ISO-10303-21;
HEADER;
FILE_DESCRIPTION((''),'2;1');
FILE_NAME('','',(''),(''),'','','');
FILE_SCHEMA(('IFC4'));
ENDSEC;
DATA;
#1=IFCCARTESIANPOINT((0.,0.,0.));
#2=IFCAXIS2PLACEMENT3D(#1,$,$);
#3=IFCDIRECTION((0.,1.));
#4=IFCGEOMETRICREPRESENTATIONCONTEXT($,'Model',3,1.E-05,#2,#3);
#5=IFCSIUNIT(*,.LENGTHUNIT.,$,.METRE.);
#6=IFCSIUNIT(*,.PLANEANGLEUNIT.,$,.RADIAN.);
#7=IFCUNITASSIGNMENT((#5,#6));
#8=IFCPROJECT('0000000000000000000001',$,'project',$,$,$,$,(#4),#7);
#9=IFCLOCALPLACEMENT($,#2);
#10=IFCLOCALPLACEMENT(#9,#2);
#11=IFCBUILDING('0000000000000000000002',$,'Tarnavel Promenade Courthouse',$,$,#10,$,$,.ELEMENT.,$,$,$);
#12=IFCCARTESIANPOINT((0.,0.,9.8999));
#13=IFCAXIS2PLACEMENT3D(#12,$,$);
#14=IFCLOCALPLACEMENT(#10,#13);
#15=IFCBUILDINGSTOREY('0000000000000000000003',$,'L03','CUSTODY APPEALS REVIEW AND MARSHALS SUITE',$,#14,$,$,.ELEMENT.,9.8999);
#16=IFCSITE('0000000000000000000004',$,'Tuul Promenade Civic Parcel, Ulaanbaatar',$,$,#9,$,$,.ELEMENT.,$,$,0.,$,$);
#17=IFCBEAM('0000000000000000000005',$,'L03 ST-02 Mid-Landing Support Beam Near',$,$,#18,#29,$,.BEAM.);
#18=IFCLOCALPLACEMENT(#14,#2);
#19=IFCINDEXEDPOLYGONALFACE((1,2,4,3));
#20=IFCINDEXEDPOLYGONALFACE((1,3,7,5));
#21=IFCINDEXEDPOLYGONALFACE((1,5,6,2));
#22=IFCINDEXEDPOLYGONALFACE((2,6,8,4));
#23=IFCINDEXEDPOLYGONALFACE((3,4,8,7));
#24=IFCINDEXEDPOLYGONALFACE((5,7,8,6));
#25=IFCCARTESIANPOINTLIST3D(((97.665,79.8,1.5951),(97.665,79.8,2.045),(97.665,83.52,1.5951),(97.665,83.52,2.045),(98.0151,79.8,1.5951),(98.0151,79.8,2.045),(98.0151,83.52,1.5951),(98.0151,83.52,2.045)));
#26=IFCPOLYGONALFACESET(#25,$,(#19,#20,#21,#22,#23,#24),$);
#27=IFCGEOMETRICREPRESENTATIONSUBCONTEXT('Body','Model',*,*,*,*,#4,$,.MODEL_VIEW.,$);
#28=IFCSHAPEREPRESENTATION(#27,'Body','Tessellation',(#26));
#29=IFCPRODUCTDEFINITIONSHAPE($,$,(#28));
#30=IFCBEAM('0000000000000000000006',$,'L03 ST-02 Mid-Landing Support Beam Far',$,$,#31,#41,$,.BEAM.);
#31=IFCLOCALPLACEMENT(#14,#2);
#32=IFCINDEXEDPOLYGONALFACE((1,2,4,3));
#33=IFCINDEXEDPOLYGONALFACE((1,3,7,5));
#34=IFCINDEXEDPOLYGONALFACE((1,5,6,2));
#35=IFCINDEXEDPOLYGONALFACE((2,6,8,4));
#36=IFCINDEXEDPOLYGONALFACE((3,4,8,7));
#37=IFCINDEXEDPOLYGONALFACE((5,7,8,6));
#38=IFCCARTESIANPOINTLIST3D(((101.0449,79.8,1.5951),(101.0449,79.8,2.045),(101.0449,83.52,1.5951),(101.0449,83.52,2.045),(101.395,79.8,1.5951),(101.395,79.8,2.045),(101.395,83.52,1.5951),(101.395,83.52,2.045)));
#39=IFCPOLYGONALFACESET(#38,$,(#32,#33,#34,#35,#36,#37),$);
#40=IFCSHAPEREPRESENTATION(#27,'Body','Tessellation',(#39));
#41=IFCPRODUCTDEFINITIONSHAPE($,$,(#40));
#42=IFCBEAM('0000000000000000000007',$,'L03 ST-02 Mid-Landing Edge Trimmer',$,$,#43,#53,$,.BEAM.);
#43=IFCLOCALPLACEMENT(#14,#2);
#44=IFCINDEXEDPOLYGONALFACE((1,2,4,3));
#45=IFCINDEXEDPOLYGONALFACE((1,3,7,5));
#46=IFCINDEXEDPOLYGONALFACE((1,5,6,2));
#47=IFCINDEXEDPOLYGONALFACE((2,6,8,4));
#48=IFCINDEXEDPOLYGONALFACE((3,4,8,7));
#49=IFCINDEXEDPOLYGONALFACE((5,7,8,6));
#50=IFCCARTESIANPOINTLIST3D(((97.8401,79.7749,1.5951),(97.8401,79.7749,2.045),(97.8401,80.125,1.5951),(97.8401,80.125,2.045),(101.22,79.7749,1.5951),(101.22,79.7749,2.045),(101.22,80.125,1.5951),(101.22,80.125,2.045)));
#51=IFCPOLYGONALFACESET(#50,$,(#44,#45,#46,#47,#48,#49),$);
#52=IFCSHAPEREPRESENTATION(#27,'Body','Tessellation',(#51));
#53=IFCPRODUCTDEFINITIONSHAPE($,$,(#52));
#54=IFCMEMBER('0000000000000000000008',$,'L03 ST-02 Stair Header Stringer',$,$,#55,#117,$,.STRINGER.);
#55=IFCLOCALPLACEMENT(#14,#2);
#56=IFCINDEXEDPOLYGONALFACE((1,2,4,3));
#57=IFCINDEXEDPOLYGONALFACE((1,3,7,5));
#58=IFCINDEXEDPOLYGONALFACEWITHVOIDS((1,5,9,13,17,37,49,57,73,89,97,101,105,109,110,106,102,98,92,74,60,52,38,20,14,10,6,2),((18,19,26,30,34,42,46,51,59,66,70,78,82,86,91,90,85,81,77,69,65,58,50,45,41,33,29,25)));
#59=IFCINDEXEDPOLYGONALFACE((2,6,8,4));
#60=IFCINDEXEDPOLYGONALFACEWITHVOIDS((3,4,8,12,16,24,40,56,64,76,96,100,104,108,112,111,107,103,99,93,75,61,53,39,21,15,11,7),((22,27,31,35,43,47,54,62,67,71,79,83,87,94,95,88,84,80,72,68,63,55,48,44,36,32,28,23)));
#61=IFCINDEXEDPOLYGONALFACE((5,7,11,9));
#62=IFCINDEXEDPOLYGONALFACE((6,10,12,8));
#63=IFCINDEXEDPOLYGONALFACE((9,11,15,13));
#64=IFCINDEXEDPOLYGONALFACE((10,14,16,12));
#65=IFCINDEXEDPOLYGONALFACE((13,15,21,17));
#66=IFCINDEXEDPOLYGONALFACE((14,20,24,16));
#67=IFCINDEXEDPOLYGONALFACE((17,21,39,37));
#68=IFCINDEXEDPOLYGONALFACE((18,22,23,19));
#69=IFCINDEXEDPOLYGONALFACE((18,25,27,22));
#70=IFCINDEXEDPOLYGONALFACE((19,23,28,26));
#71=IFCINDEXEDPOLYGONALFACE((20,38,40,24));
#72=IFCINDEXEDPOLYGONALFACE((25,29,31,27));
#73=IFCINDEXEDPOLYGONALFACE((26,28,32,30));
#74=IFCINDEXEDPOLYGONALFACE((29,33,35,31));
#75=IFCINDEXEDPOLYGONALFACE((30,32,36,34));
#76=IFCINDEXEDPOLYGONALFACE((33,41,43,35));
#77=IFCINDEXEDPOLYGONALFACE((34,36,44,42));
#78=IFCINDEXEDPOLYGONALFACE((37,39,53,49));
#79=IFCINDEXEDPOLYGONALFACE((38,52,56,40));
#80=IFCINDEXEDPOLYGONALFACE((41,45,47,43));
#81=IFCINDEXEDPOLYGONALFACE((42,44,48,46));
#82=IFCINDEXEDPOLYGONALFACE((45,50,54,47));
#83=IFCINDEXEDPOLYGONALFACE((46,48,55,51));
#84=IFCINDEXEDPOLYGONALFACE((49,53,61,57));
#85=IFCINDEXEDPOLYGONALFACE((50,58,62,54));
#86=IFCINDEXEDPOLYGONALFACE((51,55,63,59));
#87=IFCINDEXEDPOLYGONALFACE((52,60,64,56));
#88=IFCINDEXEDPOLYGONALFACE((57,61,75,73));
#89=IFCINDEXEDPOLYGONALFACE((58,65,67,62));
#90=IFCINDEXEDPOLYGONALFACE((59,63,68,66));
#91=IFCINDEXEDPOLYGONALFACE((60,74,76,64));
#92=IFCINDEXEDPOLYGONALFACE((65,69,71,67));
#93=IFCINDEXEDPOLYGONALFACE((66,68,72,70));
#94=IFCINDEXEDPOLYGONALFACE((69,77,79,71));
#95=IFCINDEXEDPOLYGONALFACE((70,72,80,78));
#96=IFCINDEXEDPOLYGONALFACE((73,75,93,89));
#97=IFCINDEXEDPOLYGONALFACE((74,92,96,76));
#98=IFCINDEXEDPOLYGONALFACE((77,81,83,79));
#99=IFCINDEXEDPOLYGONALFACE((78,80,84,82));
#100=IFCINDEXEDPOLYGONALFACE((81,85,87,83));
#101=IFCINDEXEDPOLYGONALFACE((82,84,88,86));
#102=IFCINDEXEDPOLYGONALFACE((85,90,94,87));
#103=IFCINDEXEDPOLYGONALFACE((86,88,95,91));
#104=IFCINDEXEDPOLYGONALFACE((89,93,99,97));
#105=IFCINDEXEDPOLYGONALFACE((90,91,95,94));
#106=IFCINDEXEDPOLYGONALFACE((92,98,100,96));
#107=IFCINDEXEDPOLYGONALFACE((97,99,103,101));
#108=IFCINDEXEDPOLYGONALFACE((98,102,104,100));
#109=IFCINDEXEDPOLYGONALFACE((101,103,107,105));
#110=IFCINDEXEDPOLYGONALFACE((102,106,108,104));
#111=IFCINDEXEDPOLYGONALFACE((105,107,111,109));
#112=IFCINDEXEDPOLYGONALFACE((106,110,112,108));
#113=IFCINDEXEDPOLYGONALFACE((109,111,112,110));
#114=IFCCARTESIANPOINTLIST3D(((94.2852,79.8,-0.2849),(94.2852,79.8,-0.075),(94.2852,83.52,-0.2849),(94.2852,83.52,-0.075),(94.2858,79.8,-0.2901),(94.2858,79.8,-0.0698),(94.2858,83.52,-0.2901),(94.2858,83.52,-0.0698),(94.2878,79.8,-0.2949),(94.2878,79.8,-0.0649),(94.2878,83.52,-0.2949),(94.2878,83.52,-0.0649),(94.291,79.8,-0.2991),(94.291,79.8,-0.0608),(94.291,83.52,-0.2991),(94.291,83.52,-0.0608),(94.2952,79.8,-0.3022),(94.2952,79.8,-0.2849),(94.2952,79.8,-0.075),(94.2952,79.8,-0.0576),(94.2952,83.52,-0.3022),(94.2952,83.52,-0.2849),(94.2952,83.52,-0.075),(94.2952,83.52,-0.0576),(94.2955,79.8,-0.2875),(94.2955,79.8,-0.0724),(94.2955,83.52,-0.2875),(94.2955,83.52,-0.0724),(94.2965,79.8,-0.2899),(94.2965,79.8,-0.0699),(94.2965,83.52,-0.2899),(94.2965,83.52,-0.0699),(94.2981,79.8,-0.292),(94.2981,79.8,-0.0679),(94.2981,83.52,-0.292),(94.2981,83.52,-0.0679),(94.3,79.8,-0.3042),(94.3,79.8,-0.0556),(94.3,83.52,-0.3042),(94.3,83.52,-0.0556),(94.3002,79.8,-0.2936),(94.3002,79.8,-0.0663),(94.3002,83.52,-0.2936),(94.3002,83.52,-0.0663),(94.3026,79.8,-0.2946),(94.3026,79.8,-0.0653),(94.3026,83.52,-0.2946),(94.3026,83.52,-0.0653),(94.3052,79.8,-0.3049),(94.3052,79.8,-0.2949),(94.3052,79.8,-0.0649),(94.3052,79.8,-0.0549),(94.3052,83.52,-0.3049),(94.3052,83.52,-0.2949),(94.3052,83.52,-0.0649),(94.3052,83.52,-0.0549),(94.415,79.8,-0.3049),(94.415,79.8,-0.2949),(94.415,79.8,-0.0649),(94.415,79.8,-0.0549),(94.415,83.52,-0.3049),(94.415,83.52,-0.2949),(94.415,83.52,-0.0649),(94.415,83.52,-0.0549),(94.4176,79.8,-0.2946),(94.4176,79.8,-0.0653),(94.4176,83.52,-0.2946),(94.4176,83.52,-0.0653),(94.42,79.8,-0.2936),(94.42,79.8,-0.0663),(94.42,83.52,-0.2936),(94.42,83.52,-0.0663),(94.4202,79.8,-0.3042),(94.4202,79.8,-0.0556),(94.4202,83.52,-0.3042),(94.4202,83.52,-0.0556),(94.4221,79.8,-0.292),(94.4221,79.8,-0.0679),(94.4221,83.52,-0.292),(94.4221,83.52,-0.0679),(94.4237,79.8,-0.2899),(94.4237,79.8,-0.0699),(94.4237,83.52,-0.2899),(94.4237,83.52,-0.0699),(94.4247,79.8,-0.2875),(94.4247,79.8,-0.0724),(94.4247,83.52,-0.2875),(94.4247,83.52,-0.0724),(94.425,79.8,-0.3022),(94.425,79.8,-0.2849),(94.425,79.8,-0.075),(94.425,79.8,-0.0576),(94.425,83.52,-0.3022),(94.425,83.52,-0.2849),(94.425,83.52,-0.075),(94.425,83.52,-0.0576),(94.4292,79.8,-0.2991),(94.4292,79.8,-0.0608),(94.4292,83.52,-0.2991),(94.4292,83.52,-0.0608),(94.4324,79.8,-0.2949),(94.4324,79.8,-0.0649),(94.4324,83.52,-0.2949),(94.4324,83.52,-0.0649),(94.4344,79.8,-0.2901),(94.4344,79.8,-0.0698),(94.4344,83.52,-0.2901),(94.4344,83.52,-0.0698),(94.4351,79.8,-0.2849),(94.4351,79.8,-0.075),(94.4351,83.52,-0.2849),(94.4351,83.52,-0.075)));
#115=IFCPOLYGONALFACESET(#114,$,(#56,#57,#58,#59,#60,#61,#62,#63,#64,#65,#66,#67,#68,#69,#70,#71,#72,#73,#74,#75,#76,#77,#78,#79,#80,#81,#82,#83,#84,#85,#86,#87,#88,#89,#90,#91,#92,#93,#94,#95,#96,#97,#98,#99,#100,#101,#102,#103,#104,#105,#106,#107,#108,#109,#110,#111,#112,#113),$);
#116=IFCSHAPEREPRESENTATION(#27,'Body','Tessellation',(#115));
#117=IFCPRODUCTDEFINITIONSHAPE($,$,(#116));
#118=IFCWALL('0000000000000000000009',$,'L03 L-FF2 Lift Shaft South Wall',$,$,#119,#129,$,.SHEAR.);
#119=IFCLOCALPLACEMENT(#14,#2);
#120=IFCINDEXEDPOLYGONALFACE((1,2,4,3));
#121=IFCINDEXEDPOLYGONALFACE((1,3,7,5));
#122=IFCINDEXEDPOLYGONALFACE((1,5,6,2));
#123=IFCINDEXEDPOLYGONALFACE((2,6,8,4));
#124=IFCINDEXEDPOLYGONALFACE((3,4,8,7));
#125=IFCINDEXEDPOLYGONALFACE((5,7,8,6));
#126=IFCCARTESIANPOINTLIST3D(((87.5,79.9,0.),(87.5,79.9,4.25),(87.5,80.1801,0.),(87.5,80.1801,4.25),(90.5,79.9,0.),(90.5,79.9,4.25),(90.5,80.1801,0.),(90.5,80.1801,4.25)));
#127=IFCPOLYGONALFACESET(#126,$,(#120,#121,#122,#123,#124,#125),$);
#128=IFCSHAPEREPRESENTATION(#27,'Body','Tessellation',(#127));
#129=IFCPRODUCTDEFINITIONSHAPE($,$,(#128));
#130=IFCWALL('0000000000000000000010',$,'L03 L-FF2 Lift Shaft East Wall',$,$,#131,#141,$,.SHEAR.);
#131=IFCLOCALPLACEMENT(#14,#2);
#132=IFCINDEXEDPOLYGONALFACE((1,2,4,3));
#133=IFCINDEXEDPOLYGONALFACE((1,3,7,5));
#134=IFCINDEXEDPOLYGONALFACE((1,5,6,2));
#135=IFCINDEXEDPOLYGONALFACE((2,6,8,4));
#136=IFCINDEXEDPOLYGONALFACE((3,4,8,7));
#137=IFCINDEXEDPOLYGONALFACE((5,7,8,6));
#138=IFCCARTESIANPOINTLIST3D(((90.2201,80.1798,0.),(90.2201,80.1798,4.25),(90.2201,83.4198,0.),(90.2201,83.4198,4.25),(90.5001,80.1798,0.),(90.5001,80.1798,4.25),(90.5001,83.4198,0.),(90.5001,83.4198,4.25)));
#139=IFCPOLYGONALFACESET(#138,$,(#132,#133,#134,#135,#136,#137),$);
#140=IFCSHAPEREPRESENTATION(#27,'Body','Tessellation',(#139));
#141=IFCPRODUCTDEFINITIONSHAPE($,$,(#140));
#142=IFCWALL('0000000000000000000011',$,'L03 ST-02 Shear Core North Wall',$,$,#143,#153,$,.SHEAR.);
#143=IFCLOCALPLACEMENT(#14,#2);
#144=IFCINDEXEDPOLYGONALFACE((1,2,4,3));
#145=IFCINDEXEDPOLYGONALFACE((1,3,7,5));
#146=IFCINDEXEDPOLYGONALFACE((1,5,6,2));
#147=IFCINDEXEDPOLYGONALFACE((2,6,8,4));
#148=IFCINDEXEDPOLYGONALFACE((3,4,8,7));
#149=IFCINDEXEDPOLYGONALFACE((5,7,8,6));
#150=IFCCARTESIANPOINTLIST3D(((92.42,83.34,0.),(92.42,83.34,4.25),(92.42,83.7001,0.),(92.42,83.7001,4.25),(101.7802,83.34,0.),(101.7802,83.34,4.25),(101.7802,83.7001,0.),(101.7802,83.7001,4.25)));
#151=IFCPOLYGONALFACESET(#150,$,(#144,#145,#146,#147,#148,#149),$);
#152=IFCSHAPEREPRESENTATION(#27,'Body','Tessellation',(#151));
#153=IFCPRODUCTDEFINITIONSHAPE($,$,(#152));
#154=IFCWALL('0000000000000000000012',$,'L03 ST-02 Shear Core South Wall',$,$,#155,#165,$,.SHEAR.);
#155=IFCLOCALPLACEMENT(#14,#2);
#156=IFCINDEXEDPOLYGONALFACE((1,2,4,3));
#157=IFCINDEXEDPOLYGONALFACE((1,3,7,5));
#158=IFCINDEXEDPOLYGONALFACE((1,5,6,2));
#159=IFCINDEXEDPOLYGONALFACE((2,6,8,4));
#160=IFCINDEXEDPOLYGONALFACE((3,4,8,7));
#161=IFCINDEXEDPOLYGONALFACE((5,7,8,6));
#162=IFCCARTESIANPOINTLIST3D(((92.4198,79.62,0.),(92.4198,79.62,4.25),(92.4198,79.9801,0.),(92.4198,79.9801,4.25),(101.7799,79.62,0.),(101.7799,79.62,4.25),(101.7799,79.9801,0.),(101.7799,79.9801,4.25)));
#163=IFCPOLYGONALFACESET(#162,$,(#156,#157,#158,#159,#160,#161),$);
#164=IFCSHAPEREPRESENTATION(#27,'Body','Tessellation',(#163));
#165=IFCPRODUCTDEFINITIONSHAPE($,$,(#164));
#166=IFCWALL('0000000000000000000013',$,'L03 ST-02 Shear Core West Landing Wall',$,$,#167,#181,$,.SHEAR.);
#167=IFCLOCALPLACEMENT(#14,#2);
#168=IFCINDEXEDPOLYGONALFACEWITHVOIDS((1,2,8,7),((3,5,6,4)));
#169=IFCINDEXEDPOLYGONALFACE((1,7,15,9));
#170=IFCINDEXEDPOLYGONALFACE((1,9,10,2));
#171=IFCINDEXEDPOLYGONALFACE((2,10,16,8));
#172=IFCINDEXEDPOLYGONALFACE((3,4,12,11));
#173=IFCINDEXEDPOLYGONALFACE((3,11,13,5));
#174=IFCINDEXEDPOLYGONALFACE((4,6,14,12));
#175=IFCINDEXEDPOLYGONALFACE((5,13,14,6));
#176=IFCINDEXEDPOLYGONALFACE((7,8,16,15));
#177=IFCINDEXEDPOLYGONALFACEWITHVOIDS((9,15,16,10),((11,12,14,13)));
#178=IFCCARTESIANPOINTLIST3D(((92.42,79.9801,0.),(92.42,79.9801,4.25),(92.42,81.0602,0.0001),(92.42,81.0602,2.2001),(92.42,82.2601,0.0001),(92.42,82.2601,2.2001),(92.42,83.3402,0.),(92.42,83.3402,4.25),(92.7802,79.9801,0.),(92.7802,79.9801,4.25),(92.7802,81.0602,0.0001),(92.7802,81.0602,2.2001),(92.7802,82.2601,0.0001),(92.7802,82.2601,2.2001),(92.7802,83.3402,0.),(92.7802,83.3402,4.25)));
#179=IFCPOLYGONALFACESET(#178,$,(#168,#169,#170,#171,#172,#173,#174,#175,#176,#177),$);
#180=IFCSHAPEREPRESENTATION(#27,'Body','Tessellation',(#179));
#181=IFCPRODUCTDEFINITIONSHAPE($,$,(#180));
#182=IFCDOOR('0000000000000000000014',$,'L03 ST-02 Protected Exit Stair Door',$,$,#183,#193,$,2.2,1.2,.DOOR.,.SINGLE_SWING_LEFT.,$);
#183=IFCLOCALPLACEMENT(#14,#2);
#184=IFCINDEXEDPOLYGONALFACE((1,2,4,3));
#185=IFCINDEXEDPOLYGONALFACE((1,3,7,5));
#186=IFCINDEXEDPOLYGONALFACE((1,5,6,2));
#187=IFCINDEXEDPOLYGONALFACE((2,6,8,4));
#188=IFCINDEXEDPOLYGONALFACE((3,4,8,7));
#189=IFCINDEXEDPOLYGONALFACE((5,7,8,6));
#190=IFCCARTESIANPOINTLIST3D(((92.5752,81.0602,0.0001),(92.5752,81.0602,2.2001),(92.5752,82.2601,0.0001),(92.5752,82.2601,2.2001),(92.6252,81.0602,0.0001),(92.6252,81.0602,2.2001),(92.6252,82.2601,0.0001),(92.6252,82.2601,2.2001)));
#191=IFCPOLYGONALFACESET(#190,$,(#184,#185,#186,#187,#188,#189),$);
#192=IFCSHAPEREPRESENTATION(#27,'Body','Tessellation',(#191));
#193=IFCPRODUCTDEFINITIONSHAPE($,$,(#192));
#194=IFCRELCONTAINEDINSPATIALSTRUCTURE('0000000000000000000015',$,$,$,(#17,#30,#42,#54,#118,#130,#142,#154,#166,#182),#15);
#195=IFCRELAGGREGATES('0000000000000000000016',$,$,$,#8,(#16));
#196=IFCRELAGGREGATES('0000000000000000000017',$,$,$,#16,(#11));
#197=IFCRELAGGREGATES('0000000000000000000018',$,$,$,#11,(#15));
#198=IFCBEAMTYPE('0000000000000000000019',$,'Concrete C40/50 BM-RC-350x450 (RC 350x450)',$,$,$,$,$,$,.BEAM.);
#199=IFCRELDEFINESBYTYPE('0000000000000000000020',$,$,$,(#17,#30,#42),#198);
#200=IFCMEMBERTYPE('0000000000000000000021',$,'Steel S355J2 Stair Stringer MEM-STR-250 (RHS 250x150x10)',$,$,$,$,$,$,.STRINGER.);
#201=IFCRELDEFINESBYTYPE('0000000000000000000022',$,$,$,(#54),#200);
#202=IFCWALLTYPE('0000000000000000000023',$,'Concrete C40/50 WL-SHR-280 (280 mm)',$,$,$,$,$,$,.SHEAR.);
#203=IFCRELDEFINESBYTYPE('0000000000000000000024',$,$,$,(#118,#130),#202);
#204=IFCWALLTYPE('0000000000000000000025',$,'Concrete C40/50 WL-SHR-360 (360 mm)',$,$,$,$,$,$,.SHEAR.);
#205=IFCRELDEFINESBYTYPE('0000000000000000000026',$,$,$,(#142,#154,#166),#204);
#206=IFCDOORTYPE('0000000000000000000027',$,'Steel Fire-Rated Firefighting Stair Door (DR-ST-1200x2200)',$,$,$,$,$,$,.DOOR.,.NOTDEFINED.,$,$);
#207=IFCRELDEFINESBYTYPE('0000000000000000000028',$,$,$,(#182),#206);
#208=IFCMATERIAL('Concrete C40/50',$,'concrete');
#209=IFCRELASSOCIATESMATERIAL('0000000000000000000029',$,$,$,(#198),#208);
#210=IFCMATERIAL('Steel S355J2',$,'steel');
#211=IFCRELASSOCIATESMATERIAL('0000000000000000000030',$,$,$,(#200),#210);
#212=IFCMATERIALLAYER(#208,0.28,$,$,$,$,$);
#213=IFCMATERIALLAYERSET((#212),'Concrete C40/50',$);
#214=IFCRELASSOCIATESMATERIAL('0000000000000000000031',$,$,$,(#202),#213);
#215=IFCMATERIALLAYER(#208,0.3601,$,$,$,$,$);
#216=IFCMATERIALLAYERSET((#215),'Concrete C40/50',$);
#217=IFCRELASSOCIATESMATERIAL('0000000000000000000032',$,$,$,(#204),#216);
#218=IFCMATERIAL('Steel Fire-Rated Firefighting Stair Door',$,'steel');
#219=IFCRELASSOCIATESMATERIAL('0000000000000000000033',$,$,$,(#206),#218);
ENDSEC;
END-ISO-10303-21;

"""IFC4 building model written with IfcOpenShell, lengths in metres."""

from ifc_helpers import new_model, si_unit, direction, frame, frame_2d, origin, origin_2d, place, context, subcontext, project, spatial, rectangle, hollow_rectangle, extrude, material, layer, layer_set, material_profile, profile_set, type_object, element, fill, save


model = new_model("IFC4")

# Units and contexts
model_context = context("Model", 3, precision=1e-05, world=origin(), true_north=direction((0.0, 1.0)))
body_context = subcontext(model_context, "Body", "Model", "MODEL_VIEW")
ifc_project = project(units=[si_unit("LENGTHUNIT", "METRE"), si_unit("PLANEANGLEUNIT", "RADIAN")], contexts=[model_context])

# Site, building, storey
site_placement = place(None, origin())
site = spatial("IfcSite", under=ifc_project, at=site_placement, Name="Tuul Promenade Civic Parcel, Ulaanbaatar", CompositionType="ELEMENT", RefElevation=0.0)
building_placement = place(site_placement, origin())
building = spatial("IfcBuilding", under=site, at=building_placement, Name="Tarnavel Promenade Courthouse", CompositionType="ELEMENT")
storey_placement = place(building_placement, frame((0.0, 0.0, 9.8999)))
storey = spatial("IfcBuildingStorey", under=building, at=storey_placement, Name="L03", Description="CUSTODY APPEALS REVIEW AND MARSHALS SUITE", CompositionType="ELEMENT", Elevation=9.8999)

# Beams
ifc_material_1 = material(Name="Concrete C40/50", Category="concrete")
ifc_material_profile_1 = material_profile(ifc_material_1, rectangle(XDim=0.3501, YDim=0.45, at=origin_2d()), Name="RC 350x450")
ifc_profile_set_1 = profile_set([ifc_material_profile_1], Name="Concrete C40/50")
beam_type = type_object("IfcBeamType", Name="Concrete C40/50 BM-RC-350x450 (RC 350x450)", PredefinedType="BEAM", material=ifc_profile_set_1)
for number, where, z_axis, x_axis, name in (
    (1, (97.8401, 79.8, 1.8201), (0.0, 1.0, 0.0), (-1.0, 0.0, 0.0), "L03 ST-02 Mid-Landing Support Beam Near"),
    (2, (101.22, 79.8, 1.8201), (0.0, 1.0, 0.0), (-1.0, 0.0, 0.0), "L03 ST-02 Mid-Landing Support Beam Far"),
):
    element("IfcBeam", number, at=place(storey_placement, frame(where, z_axis=z_axis, x_axis=x_axis)), inside=storey, type_object=beam_type, Name=name, PredefinedType="BEAM", context=body_context, shape_type="SweptSolid", body=[
        extrude(rectangle(XDim=0.3501, YDim=0.45, at=origin_2d()), origin(), (0.0, 0.0, 1.0), 3.72),
    ])
beam_placement = place(storey_placement, frame((97.8401, 79.95, 1.8201), z_axis=(1.0, 0.0, 0.0), x_axis=(0.0, 1.0, 0.0)))
element("IfcBeam", 3, at=beam_placement, inside=storey, type_object=beam_type, Name="L03 ST-02 Mid-Landing Edge Trimmer", PredefinedType="BEAM", context=body_context, shape_type="SweptSolid", body=[
    extrude(rectangle(XDim=0.3501, YDim=0.45, at=origin_2d()), origin(), (0.0, 0.0, 1.0), 3.3799),
])

# Member
ifc_material_2 = material(Name="Steel S355J2", Category="steel")
ifc_material_profile_2 = material_profile(ifc_material_2, hollow_rectangle(XDim=0.1499, YDim=0.25, WallThickness=0.01, InnerFilletRadius=0.01, OuterFilletRadius=0.02, at=origin_2d()), Name="RHS 250x150x10")
ifc_profile_set_2 = profile_set([ifc_material_profile_2], Name="Steel S355J2")
member_type = type_object("IfcMemberType", Name="Steel S355J2 Stair Stringer MEM-STR-250 (RHS 250x150x10)", PredefinedType="STRINGER", material=ifc_profile_set_2)
member_placement = place(storey_placement, frame((94.3601, 79.8, -0.1799), z_axis=(0.0, 1.0, 0.0), x_axis=(-1.0, 0.0, 0.0)))
element("IfcMember", 4, at=member_placement, inside=storey, type_object=member_type, Name="L03 ST-02 Stair Header Stringer", PredefinedType="STRINGER", context=body_context, shape_type="SweptSolid", body=[
    extrude(hollow_rectangle(XDim=0.1499, YDim=0.25, WallThickness=0.01, InnerFilletRadius=0.01, OuterFilletRadius=0.02, at=origin_2d()), origin(), (0.0, 0.0, 1.0), 3.72),
])

# Walls
ifc_layer_1 = layer(ifc_material_1, 0.28)
ifc_layer_set_1 = layer_set([ifc_layer_1], Name="Concrete C40/50")
wall_type_1 = type_object("IfcWallType", Name="Concrete C40/50 WL-SHR-280 (280 mm)", PredefinedType="SHEAR", material=ifc_layer_set_1)
wall_1_placement = place(storey_placement, frame((90.5, 80.04, 0.0), z_axis=(0.0, 0.0, 1.0), x_axis=(-1.0, 0.0, 0.0)))
element("IfcWall", 5, at=wall_1_placement, inside=storey, type_object=wall_type_1, Name="L03 L-FF2 Lift Shaft South Wall", PredefinedType="SHEAR", context=body_context, shape_type="SweptSolid", body=[
    extrude(rectangle(XDim=3.0, YDim=0.28, at=frame_2d((1.5, 0.0))), origin(), (0.0, 0.0, 1.0), 4.25),
])
wall_2_placement = place(storey_placement, frame((90.3601, 83.4199, 0.0), z_axis=(0.0, 0.0, 1.0), x_axis=(0.0, -1.0, 0.0)))
element("IfcWall", 6, at=wall_2_placement, inside=storey, type_object=wall_type_1, Name="L03 L-FF2 Lift Shaft East Wall", PredefinedType="SHEAR", context=body_context, shape_type="SweptSolid", body=[
    extrude(rectangle(XDim=3.24, YDim=0.28, at=frame_2d((1.6201, 0.0))), origin(), (0.0, 0.0, 1.0), 4.25),
])
ifc_layer_2 = layer(ifc_material_1, 0.3601)
ifc_layer_set_2 = layer_set([ifc_layer_2], Name="Concrete C40/50")
wall_type_2 = type_object("IfcWallType", Name="Concrete C40/50 WL-SHR-360 (360 mm)", PredefinedType="SHEAR", material=ifc_layer_set_2)
for number, where, z_axis, x_axis, name in (
    (7, (92.4199, 83.52, 0.0), (0.0, 0.0, 1.0), (1.0, 0.0, 0.0), "L03 ST-02 Shear Core North Wall"),
    (8, (101.78, 79.8, 0.0), (0.0, 0.0, 1.0), (-1.0, 0.0, 0.0), "L03 ST-02 Shear Core South Wall"),
):
    element("IfcWall", number, at=place(storey_placement, frame(where, z_axis=z_axis, x_axis=x_axis)), inside=storey, type_object=wall_type_2, Name=name, PredefinedType="SHEAR", context=body_context, shape_type="SweptSolid", body=[
        extrude(rectangle(XDim=9.3601, YDim=0.3601, at=frame_2d((4.6802, 0.0))), origin(), (0.0, 0.0, 1.0), 4.25),
    ])

# Wall, opening, door
wall_3_placement = place(storey_placement, frame((92.6001, 79.98, 0.0), z_axis=(0.0, 0.0, 1.0), x_axis=(0.0, 1.0, 0.0)))
wall_3 = element("IfcWall", 9, at=wall_3_placement, inside=storey, type_object=wall_type_2, Name="L03 ST-02 Shear Core West Landing Wall", PredefinedType="SHEAR", context=body_context, shape_type="SweptSolid", body=[
    extrude(rectangle(XDim=3.3601, YDim=0.3601, at=frame_2d((1.6802, 0.0))), origin(), (0.0, 0.0, 1.0), 4.25),
])
opening_placement = place(wall_3_placement, frame((1.0801, 0.0, 0.0)))
opening = element("IfcOpeningElement", 10, at=opening_placement, cuts=wall_3, PredefinedType="OPENING", context=body_context, shape_type="SweptSolid", body=[
    extrude(rectangle(XDim=1.2, YDim=2.2, at=frame_2d((0.6001, 1.1001))), frame((0.0, 0.1899, 0.0), z_axis=(0.0, -1.0, 0.0), x_axis=(1.0, 0.0, 0.0)), (0.0, 0.0, 1.0), 0.3801),
])
ifc_material_3 = material(Name="Steel Fire-Rated Firefighting Stair Door", Category="steel")
door_type = type_object("IfcDoorType", Name="Steel Fire-Rated Firefighting Stair Door (DR-ST-1200x2200)", OperationType="NOTDEFINED", PredefinedType="DOOR", material=ifc_material_3)
door_placement = place(opening_placement, origin())
door = element("IfcDoor", 11, at=door_placement, inside=storey, type_object=door_type, Name="L03 ST-02 Protected Exit Stair Door", OperationType="SINGLE_SWING_LEFT", OverallHeight=2.2, OverallWidth=1.2, PredefinedType="DOOR", context=body_context, shape_type="SweptSolid", body=[
    extrude(rectangle(XDim=1.2, YDim=2.2, at=frame_2d((0.6001, 1.1001))), frame((0.0, 0.0249, 0.0), z_axis=(0.0, -1.0, 0.0), x_axis=(1.0, 0.0, 0.0)), (0.0, 0.0, 1.0), 0.05),
])
fill(opening, door)

save(model, "model.ifc")
